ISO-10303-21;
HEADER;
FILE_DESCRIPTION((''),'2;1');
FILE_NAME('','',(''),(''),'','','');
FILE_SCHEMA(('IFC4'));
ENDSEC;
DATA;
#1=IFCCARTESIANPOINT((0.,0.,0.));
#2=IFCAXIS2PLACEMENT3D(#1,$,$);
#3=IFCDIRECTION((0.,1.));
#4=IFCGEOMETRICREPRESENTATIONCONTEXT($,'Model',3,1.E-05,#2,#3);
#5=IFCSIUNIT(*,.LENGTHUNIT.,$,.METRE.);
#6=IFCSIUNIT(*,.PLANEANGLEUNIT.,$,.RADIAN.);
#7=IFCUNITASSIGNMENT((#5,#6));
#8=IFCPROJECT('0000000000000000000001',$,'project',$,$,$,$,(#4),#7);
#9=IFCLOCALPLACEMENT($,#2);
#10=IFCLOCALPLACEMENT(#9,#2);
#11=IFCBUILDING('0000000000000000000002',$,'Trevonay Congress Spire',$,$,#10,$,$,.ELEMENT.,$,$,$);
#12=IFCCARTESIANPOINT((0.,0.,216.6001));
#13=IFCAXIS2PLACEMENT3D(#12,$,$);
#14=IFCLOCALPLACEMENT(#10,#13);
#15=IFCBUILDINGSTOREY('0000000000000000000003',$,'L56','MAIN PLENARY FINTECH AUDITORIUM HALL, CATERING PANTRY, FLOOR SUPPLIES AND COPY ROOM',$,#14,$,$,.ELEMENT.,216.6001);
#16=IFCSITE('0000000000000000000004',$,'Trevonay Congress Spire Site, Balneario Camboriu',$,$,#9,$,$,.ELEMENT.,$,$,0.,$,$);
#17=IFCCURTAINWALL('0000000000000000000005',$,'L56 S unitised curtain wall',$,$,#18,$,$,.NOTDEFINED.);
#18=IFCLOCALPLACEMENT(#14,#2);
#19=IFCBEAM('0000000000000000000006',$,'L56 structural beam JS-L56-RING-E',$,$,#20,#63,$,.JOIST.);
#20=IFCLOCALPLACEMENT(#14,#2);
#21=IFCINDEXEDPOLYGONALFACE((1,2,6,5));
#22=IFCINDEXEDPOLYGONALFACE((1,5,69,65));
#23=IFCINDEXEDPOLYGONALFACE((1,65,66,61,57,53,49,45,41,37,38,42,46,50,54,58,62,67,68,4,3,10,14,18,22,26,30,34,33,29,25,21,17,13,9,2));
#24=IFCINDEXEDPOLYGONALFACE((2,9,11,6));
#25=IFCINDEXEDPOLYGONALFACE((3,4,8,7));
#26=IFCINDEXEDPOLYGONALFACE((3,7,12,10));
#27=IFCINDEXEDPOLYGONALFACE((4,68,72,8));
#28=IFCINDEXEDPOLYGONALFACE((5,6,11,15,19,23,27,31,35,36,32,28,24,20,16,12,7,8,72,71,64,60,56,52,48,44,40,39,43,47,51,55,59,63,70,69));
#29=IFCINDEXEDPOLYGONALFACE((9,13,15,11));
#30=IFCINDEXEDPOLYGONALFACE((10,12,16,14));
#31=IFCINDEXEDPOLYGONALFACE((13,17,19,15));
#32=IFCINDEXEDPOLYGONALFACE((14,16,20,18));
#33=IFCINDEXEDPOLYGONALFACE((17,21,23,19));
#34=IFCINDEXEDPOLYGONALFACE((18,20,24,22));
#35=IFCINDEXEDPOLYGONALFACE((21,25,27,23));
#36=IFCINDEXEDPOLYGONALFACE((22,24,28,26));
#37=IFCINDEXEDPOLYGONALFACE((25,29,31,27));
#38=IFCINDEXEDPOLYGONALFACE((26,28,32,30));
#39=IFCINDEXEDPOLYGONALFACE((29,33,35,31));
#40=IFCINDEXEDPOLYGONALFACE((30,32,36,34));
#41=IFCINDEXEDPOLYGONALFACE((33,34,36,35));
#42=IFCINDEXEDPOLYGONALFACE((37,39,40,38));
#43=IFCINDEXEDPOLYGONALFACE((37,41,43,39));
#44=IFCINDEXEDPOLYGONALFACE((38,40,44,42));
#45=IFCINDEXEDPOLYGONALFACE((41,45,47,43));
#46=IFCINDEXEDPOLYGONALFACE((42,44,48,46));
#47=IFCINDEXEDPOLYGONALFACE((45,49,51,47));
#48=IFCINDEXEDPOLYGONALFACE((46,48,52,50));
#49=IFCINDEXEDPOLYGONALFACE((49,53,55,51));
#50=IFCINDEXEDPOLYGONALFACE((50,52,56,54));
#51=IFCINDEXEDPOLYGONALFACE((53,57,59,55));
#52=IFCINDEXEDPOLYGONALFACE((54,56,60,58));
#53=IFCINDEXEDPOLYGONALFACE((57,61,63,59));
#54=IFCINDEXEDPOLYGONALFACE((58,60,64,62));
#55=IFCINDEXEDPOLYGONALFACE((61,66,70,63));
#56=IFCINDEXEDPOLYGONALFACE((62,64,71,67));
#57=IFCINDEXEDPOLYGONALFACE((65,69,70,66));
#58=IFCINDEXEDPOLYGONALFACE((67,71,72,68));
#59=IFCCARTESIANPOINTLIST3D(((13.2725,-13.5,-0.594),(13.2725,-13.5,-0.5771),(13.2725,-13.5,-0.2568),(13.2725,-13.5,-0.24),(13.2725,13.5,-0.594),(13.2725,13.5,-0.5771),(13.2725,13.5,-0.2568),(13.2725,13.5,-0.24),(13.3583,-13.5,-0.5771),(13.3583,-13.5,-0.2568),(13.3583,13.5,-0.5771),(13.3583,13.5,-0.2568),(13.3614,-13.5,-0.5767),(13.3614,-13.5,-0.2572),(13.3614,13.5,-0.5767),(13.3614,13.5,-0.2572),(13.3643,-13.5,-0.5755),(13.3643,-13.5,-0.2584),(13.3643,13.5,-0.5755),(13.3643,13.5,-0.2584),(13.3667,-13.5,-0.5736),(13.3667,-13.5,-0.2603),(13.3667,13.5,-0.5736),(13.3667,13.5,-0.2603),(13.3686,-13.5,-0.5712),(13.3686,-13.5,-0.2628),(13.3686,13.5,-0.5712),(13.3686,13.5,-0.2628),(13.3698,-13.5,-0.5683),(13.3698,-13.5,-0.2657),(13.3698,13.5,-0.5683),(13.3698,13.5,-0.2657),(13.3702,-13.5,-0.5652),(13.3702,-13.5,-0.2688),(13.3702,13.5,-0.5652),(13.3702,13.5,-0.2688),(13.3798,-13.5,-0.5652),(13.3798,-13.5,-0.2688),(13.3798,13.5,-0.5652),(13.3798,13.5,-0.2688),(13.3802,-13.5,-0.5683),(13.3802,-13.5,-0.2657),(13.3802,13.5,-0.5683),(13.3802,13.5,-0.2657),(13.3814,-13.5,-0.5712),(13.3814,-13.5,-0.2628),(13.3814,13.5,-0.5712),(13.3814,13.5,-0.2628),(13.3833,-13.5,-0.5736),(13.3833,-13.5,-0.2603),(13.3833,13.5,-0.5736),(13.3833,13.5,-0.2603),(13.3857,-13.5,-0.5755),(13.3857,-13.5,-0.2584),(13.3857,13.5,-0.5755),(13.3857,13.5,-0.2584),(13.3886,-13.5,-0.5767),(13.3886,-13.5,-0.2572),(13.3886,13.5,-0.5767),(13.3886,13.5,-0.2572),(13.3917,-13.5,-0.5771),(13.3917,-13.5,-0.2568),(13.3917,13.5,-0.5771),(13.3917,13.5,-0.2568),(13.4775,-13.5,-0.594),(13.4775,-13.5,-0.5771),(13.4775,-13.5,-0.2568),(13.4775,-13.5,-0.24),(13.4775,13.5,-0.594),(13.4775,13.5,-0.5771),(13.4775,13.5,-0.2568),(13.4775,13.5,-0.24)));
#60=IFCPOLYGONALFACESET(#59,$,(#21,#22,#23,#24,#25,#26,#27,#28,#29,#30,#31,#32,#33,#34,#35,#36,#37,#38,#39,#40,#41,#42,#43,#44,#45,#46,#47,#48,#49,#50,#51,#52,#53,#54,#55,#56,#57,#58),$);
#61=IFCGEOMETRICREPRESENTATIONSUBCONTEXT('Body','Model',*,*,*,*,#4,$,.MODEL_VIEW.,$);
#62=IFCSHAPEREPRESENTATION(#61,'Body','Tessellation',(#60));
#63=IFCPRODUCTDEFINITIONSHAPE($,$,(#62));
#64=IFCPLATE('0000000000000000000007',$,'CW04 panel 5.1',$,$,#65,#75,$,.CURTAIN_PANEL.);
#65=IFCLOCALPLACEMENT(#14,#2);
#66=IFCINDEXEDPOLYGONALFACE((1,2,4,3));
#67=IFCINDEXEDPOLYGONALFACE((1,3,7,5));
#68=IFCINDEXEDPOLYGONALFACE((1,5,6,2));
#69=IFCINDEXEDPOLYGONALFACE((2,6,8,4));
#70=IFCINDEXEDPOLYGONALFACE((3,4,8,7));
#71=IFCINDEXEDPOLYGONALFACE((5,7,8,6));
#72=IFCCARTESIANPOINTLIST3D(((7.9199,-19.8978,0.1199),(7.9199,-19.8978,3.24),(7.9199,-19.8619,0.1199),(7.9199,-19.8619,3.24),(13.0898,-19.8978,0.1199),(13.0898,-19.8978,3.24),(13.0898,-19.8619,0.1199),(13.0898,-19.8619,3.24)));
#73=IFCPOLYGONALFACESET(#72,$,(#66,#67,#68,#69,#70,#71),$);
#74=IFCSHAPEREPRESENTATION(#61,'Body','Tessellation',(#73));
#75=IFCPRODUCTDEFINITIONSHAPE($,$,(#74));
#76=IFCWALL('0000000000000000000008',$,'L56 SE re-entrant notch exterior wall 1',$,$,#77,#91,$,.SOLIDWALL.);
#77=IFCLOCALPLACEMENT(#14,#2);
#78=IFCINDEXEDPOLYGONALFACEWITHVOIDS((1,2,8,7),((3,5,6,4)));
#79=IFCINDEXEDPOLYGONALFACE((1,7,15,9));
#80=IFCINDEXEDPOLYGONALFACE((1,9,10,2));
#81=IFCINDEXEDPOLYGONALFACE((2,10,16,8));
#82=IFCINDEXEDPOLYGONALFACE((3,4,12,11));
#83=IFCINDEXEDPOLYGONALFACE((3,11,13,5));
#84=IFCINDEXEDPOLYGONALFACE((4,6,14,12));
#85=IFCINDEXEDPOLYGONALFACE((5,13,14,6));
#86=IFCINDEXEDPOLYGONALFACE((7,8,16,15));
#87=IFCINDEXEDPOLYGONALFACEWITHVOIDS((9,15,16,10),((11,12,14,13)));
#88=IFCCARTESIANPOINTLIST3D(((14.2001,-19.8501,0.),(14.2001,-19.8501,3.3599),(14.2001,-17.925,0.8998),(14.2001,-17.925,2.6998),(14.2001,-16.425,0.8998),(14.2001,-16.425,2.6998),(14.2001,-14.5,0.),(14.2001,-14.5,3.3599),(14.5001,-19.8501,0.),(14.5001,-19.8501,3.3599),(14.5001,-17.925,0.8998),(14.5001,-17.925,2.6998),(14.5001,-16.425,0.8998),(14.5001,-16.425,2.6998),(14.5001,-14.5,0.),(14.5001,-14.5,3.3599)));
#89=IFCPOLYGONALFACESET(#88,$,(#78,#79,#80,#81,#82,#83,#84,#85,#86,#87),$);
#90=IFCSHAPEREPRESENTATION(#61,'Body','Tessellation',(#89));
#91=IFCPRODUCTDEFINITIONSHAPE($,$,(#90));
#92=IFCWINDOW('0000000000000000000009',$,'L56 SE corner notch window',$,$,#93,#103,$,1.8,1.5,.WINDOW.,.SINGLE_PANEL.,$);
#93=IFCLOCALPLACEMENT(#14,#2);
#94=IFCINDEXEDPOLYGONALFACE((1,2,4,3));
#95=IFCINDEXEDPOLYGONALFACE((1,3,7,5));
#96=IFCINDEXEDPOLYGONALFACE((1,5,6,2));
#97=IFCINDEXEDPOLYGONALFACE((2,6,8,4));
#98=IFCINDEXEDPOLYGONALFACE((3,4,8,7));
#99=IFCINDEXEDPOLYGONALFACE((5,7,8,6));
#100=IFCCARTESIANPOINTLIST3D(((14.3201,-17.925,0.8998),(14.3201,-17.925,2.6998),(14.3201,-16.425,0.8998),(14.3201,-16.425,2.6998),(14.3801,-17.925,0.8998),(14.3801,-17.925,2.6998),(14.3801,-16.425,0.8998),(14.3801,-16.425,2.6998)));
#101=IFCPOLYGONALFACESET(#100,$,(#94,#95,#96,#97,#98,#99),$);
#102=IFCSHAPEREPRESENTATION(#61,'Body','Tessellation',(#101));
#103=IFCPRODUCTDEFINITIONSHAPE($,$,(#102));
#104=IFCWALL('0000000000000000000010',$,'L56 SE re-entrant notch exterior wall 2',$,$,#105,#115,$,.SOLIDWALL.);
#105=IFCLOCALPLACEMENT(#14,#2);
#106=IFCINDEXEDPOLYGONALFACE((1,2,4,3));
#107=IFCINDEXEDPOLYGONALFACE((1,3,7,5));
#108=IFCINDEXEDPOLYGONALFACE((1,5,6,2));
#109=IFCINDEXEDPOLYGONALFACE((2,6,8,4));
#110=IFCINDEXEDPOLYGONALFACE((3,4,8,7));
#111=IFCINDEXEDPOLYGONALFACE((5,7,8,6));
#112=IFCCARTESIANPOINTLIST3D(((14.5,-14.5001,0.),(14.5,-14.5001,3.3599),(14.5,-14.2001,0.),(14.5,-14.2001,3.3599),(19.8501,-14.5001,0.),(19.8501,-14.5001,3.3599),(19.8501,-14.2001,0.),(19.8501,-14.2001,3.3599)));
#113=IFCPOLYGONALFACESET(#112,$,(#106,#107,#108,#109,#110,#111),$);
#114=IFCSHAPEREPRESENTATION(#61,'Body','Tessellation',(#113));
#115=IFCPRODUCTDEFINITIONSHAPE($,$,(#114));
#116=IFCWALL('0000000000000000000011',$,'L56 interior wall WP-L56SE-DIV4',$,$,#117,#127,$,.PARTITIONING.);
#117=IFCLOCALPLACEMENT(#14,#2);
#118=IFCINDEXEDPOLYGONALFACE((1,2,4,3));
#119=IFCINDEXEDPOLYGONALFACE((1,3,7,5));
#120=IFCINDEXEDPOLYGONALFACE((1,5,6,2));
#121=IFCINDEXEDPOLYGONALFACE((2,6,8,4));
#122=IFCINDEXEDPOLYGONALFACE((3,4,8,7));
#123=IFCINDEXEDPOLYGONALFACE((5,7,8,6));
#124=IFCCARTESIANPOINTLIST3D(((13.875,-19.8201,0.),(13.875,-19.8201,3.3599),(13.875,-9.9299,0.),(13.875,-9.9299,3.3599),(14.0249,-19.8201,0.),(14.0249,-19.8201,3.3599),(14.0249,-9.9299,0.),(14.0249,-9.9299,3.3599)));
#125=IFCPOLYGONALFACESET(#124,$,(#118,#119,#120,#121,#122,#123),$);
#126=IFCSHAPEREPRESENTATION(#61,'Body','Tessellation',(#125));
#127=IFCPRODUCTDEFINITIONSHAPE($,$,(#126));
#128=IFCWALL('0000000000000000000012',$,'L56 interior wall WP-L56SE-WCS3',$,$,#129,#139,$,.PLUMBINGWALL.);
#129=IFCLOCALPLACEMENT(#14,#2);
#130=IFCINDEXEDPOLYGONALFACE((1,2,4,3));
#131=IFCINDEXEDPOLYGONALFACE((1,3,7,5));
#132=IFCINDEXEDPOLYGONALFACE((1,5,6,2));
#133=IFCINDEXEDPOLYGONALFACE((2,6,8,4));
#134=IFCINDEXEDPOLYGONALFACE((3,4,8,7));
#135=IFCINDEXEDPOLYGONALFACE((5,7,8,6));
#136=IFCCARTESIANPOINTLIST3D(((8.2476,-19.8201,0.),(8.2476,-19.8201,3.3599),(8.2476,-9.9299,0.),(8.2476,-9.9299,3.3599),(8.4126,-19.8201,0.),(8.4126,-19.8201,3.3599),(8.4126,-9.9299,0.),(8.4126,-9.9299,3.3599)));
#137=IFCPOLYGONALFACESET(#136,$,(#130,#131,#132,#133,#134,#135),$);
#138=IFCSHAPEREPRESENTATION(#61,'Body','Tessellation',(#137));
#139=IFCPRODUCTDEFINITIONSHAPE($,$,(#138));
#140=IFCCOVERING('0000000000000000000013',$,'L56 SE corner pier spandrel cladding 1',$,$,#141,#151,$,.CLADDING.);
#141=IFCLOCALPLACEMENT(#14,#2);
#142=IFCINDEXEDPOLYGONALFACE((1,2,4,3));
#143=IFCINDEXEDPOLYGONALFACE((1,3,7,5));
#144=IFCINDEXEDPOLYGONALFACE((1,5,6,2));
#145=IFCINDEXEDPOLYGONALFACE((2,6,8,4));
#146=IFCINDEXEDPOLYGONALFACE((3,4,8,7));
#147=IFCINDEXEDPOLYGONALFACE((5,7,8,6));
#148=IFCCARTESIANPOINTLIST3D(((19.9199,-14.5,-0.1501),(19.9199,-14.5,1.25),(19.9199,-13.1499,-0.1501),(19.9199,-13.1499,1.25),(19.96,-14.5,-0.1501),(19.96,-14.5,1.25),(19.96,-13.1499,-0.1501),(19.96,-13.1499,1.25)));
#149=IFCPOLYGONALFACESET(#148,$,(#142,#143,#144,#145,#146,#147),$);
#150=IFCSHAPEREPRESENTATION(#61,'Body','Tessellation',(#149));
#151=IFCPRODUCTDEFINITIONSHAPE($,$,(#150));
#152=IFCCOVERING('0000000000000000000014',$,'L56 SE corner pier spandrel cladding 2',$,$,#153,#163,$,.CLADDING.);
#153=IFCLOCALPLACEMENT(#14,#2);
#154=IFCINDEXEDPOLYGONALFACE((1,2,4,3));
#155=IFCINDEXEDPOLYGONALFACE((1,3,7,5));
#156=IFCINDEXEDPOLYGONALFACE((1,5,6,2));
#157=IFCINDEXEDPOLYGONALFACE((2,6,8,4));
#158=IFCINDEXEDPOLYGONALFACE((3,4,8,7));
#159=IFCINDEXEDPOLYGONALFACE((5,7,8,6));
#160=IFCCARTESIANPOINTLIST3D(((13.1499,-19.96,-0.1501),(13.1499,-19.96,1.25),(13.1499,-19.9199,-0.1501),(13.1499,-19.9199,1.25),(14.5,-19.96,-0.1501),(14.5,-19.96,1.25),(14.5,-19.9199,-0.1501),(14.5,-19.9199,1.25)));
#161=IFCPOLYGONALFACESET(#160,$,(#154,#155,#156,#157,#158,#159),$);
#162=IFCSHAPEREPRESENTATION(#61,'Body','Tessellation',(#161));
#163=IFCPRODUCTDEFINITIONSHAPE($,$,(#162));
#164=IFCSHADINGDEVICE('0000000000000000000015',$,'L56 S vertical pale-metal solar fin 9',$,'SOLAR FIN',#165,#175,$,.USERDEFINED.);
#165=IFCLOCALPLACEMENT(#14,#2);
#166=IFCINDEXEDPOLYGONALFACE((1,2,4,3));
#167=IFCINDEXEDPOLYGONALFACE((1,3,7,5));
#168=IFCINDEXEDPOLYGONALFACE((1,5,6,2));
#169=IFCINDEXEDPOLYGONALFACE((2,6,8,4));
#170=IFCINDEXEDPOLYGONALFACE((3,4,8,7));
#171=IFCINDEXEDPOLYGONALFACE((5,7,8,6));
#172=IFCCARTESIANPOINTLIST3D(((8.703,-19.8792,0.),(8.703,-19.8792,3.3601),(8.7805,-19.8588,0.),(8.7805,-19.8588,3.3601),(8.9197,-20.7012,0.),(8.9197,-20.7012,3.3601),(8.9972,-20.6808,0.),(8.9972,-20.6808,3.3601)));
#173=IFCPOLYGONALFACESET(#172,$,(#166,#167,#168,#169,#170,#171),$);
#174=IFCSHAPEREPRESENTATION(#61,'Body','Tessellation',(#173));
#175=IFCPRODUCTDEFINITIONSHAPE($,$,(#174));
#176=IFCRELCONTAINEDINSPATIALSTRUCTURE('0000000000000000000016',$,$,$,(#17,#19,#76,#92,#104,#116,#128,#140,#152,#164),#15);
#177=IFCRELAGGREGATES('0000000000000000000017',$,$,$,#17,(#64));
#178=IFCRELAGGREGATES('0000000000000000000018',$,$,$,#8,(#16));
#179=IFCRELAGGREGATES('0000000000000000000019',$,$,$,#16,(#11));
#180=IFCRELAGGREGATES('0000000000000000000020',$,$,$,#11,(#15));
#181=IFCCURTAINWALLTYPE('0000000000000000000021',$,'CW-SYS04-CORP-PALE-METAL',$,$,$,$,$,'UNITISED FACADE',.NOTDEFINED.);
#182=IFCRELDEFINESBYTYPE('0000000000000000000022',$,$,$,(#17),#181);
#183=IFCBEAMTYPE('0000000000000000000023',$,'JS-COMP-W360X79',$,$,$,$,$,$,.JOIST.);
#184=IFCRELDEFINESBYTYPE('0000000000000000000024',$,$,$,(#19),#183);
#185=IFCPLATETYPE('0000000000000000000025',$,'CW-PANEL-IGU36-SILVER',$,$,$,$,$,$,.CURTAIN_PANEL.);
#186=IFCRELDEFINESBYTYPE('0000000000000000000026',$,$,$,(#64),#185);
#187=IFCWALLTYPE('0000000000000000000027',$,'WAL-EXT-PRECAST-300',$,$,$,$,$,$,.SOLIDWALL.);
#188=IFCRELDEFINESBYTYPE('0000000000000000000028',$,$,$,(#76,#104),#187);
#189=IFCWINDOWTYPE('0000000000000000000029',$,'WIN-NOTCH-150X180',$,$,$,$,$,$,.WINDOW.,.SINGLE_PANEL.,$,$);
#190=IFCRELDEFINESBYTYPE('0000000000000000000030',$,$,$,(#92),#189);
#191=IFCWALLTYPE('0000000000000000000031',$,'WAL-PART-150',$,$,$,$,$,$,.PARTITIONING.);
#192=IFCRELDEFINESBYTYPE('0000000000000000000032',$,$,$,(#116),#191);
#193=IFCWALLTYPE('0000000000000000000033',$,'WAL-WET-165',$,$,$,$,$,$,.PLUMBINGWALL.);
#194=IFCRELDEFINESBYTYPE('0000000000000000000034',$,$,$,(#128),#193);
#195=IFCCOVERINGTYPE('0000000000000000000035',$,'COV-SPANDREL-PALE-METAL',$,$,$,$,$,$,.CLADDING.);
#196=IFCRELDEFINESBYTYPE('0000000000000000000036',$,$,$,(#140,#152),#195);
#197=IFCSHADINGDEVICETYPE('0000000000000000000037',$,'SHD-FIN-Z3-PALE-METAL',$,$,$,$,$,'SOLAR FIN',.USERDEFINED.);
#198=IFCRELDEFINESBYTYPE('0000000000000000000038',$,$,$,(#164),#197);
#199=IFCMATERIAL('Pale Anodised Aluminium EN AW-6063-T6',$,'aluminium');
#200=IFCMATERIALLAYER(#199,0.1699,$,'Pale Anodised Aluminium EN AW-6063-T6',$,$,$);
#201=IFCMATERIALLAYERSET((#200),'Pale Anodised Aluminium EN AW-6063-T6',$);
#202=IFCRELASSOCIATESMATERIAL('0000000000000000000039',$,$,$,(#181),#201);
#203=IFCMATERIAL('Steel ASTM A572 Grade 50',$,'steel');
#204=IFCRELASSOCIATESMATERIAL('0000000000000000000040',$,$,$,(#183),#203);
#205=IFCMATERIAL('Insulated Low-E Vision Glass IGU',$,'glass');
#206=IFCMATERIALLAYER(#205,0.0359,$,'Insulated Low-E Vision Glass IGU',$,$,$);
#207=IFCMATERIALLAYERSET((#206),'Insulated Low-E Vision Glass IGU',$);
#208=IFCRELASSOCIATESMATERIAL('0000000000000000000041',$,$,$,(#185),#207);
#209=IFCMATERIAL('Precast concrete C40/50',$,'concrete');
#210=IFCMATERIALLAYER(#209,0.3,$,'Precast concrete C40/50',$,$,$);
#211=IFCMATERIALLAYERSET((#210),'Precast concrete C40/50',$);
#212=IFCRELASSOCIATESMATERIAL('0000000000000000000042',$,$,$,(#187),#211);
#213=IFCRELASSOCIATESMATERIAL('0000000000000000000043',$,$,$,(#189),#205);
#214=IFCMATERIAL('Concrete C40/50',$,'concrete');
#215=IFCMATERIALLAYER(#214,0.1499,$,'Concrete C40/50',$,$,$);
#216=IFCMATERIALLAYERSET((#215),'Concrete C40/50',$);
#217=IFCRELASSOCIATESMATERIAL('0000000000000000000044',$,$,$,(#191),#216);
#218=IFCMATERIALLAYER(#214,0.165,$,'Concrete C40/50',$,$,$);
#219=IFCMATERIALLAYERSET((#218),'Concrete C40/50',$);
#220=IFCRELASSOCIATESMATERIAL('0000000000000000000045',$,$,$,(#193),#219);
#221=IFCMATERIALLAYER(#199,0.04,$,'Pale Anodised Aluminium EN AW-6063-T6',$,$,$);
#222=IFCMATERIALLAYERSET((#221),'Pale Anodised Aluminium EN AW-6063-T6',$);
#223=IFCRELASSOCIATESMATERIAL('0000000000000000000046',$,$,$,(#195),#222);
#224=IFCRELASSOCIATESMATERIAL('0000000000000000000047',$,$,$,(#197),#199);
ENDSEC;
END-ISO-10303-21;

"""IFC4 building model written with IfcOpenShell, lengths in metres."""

from ifc_helpers import new_model, si_unit, direction, frame, frame_2d, origin, origin_2d, place, context, subcontext, project, spatial, rectangle, i_section, extrude, material, layer, layer_set, material_profile, profile_set, type_object, element, fill, aggregate, save


model = new_model("IFC4")

# Units and contexts
model_context = context("Model", 3, precision=1e-05, world=origin(), true_north=direction((0.0, 1.0)))
body_context = subcontext(model_context, "Body", "Model", "MODEL_VIEW")
ifc_project = project(units=[si_unit("LENGTHUNIT", "METRE"), si_unit("PLANEANGLEUNIT", "RADIAN")], contexts=[model_context])

# Site, building, storey
site_placement = place(None, origin())
site = spatial("IfcSite", under=ifc_project, at=site_placement, Name="Trevonay Congress Spire Site, Balneario Camboriu", CompositionType="ELEMENT", RefElevation=0.0)
building_placement = place(site_placement, origin())
building = spatial("IfcBuilding", under=site, at=building_placement, Name="Trevonay Congress Spire", CompositionType="ELEMENT")
storey_placement = place(building_placement, frame((0.0, 0.0, 216.6001)))
storey = spatial("IfcBuildingStorey", under=building, at=storey_placement, Name="L56", Description="MAIN PLENARY FINTECH AUDITORIUM HALL, CATERING PANTRY, FLOOR SUPPLIES AND COPY ROOM", CompositionType="ELEMENT", Elevation=216.6001)

# Shared definitions
ifc_material_1 = material(Name="Steel ASTM A572 Grade 50", Category="steel")

# Curtain wall
ifc_material_2 = material(Name="Pale Anodised Aluminium EN AW-6063-T6", Category="aluminium")
ifc_layer_1 = layer(ifc_material_2, 0.1699, Name="Pale Anodised Aluminium EN AW-6063-T6")
ifc_layer_set_1 = layer_set([ifc_layer_1], Name="Pale Anodised Aluminium EN AW-6063-T6")
curtain_wall_type = type_object("IfcCurtainWallType", Name="CW-SYS04-CORP-PALE-METAL", ElementType="UNITISED FACADE", PredefinedType="NOTDEFINED", material=ifc_layer_set_1)
curtain_wall_1_placement = place(storey_placement, origin())
curtain_wall_1 = element("IfcCurtainWall", 1, at=curtain_wall_1_placement, inside=storey, type_object=curtain_wall_type, Name="L56 S unitised curtain wall", PredefinedType="NOTDEFINED")

# Beam
ifc_material_profile_1 = material_profile(ifc_material_1, i_section(OverallWidth=0.2051, OverallDepth=0.354, WebThickness=0.0095, FlangeThickness=0.0168, FilletRadius=0.012, at=origin_2d()), Name="W360x79")
ifc_profile_set_1 = profile_set([ifc_material_profile_1], Name="Steel ASTM A572 Grade 50")
beam_type_1 = type_object("IfcBeamType", Name="JS-COMP-W360X79", PredefinedType="JOIST", material=ifc_profile_set_1)
beam_placement = place(storey_placement, frame((13.375, -13.5, -0.417), z_axis=(0.0, 1.0, 0.0), x_axis=(-1.0, 0.0, 0.0)))
element("IfcBeam", 2, at=beam_placement, inside=storey, type_object=beam_type_1, Name="L56 structural beam JS-L56-RING-E", PredefinedType="JOIST", context=body_context, shape_type="SweptSolid", body=[
    extrude(i_section(OverallWidth=0.2051, OverallDepth=0.354, WebThickness=0.0095, FlangeThickness=0.0168, FilletRadius=0.012, at=origin_2d()), origin(), (0.0, 0.0, 1.0), 27.0),
])

# Plate
ifc_material_3 = material(Name="Insulated Low-E Vision Glass IGU", Category="glass")
ifc_layer_2 = layer(ifc_material_3, 0.0359, Name="Insulated Low-E Vision Glass IGU")
ifc_layer_set_2 = layer_set([ifc_layer_2], Name="Insulated Low-E Vision Glass IGU")
plate_type = type_object("IfcPlateType", Name="CW-PANEL-IGU36-SILVER", PredefinedType="CURTAIN_PANEL", material=ifc_layer_set_2)
plate_placement = place(storey_placement, frame((10.5049, -19.8799, 0.1199), z_axis=(0.0, 0.0, 1.0), x_axis=(1.0, 0.0, 0.0)))
plate = element("IfcPlate", 3, at=plate_placement, type_object=plate_type, Name="CW04 panel 5.1", PredefinedType="CURTAIN_PANEL", context=body_context, shape_type="SweptSolid", body=[
    extrude(rectangle(XDim=5.1699, YDim=0.0359, at=origin_2d()), origin(), (0.0, 0.0, 1.0), 3.1201),
])
aggregate(curtain_wall_1, [plate])

# Wall, opening, window
ifc_material_4 = material(Name="Precast concrete C40/50", Category="concrete")
ifc_layer_3 = layer(ifc_material_4, 0.3, Name="Precast concrete C40/50")
ifc_layer_set_3 = layer_set([ifc_layer_3], Name="Precast concrete C40/50")
wall_type_1 = type_object("IfcWallType", Name="WAL-EXT-PRECAST-300", PredefinedType="SOLIDWALL", material=ifc_layer_set_3)
wall_1_placement = place(storey_placement, frame((14.3501, -19.8501, 0.0), z_axis=(0.0, 0.0, 1.0), x_axis=(0.0, 1.0, 0.0)))
wall_1 = element("IfcWall", 4, at=wall_1_placement, inside=storey, type_object=wall_type_1, Name="L56 SE re-entrant notch exterior wall 1", PredefinedType="SOLIDWALL", context=body_context, shape_type="SweptSolid", body=[
    extrude(rectangle(XDim=5.3501, YDim=0.3, at=frame_2d((2.675, 0.0))), origin(), (0.0, 0.0, 1.0), 3.3599),
])
opening_placement = place(wall_1_placement, frame((1.925, 0.0, 0.8999)))
opening = element("IfcOpeningElement", 5, at=opening_placement, cuts=wall_1, PredefinedType="OPENING", context=body_context, shape_type="SweptSolid", body=[
    extrude(rectangle(XDim=1.5, YDim=1.8, at=frame_2d((0.75, 0.8999))), frame((0.0, 0.1602, 0.0), z_axis=(0.0, -1.0, 0.0), x_axis=(1.0, 0.0, 0.0)), (0.0, 0.0, 1.0), 0.3201),
])
window_type = type_object("IfcWindowType", Name="WIN-NOTCH-150X180", PartitioningType="SINGLE_PANEL", PredefinedType="WINDOW", material=ifc_material_3)
window_placement = place(opening_placement, origin())
window = element("IfcWindow", 6, at=window_placement, inside=storey, type_object=window_type, Name="L56 SE corner notch window", OverallHeight=1.8, OverallWidth=1.5, PartitioningType="SINGLE_PANEL", PredefinedType="WINDOW", context=body_context, shape_type="SweptSolid", body=[
    extrude(rectangle(XDim=1.5, YDim=1.8, at=frame_2d((0.75, 0.8999))), frame((0.0, 0.03, 0.0), z_axis=(0.0, -1.0, 0.0), x_axis=(1.0, 0.0, 0.0)), (0.0, 0.0, 1.0), 0.0601),
])
fill(opening, window)

# Walls
wall_2_placement = place(storey_placement, frame((19.8501, -14.3501, 0.0), z_axis=(0.0, 0.0, 1.0), x_axis=(-1.0, 0.0, 0.0)))
element("IfcWall", 7, at=wall_2_placement, inside=storey, type_object=wall_type_1, Name="L56 SE re-entrant notch exterior wall 2", PredefinedType="SOLIDWALL", context=body_context, shape_type="SweptSolid", body=[
    extrude(rectangle(XDim=5.3501, YDim=0.3, at=frame_2d((2.675, 0.0))), origin(), (0.0, 0.0, 1.0), 3.3599),
])
ifc_material_5 = material(Name="Concrete C40/50", Category="concrete")
ifc_layer_4 = layer(ifc_material_5, 0.1499, Name="Concrete C40/50")
ifc_layer_set_4 = layer_set([ifc_layer_4], Name="Concrete C40/50")
wall_type_2 = type_object("IfcWallType", Name="WAL-PART-150", PredefinedType="PARTITIONING", material=ifc_layer_set_4)
wall_3_placement = place(storey_placement, frame((13.95, -19.8201, 0.0), z_axis=(0.0, 0.0, 1.0), x_axis=(0.0, 1.0, 0.0)))
element("IfcWall", 8, at=wall_3_placement, inside=storey, type_object=wall_type_2, Name="L56 interior wall WP-L56SE-DIV4", PredefinedType="PARTITIONING", context=body_context, shape_type="SweptSolid", body=[
    extrude(rectangle(XDim=9.8901, YDim=0.1499, at=frame_2d((4.9451, 0.0))), origin(), (0.0, 0.0, 1.0), 3.3599),
])
ifc_layer_5 = layer(ifc_material_5, 0.165, Name="Concrete C40/50")
ifc_layer_set_5 = layer_set([ifc_layer_5], Name="Concrete C40/50")
wall_type_3 = type_object("IfcWallType", Name="WAL-WET-165", PredefinedType="PLUMBINGWALL", material=ifc_layer_set_5)
wall_4_placement = place(storey_placement, frame((8.3301, -19.8201, 0.0), z_axis=(0.0, 0.0, 1.0), x_axis=(0.0, 1.0, 0.0)))
element("IfcWall", 9, at=wall_4_placement, inside=storey, type_object=wall_type_3, Name="L56 interior wall WP-L56SE-WCS3", PredefinedType="PLUMBINGWALL", context=body_context, shape_type="SweptSolid", body=[
    extrude(rectangle(XDim=9.8901, YDim=0.165, at=frame_2d((4.9451, 0.0))), origin(), (0.0, 0.0, 1.0), 3.3599),
])

# Coverings
ifc_layer_6 = layer(ifc_material_2, 0.04, Name="Pale Anodised Aluminium EN AW-6063-T6")
ifc_layer_set_6 = layer_set([ifc_layer_6], Name="Pale Anodised Aluminium EN AW-6063-T6")
covering_type = type_object("IfcCoveringType", Name="COV-SPANDREL-PALE-METAL", PredefinedType="CLADDING", material=ifc_layer_set_6)
for number, where, z_axis, x_axis, name in (
    (10, (19.9399, -13.1499, -0.1501), (0.0, 0.0, 1.0), (0.0, -1.0, 0.0), "L56 SE corner pier spandrel cladding 1"),
    (11, (13.1499, -19.9399, -0.1501), (0.0, 0.0, 1.0), (1.0, 0.0, 0.0), "L56 SE corner pier spandrel cladding 2"),
):
    element("IfcCovering", number, at=place(storey_placement, frame(where, z_axis=z_axis, x_axis=x_axis)), inside=storey, type_object=covering_type, Name=name, PredefinedType="CLADDING", context=body_context, shape_type="SweptSolid", body=[
        extrude(rectangle(XDim=1.3501, YDim=0.04, at=frame_2d((0.675, 0.0))), origin(), (0.0, 0.0, 1.0), 1.4001),
    ])

# Shading device
shading_device_type = type_object("IfcShadingDeviceType", Name="SHD-FIN-Z3-PALE-METAL", ElementType="SOLAR FIN", PredefinedType="USERDEFINED", material=ifc_material_2)
shading_device_placement = place(storey_placement, frame((8.8501, -20.28, 0.0), z_axis=(0.0, 0.0, 1.0), x_axis=(0.966957, 0.254939, 0.0)))
element("IfcShadingDevice", 12, at=shading_device_placement, inside=storey, type_object=shading_device_type, Name="L56 S vertical pale-metal solar fin 9", ObjectType="SOLAR FIN", PredefinedType="USERDEFINED", context=body_context, shape_type="SweptSolid", body=[
    extrude(rectangle(XDim=0.0801, YDim=0.8501, at=origin_2d()), origin(), (0.0, 0.0, 1.0), 3.3601),
])

save(model, "model.ifc")
